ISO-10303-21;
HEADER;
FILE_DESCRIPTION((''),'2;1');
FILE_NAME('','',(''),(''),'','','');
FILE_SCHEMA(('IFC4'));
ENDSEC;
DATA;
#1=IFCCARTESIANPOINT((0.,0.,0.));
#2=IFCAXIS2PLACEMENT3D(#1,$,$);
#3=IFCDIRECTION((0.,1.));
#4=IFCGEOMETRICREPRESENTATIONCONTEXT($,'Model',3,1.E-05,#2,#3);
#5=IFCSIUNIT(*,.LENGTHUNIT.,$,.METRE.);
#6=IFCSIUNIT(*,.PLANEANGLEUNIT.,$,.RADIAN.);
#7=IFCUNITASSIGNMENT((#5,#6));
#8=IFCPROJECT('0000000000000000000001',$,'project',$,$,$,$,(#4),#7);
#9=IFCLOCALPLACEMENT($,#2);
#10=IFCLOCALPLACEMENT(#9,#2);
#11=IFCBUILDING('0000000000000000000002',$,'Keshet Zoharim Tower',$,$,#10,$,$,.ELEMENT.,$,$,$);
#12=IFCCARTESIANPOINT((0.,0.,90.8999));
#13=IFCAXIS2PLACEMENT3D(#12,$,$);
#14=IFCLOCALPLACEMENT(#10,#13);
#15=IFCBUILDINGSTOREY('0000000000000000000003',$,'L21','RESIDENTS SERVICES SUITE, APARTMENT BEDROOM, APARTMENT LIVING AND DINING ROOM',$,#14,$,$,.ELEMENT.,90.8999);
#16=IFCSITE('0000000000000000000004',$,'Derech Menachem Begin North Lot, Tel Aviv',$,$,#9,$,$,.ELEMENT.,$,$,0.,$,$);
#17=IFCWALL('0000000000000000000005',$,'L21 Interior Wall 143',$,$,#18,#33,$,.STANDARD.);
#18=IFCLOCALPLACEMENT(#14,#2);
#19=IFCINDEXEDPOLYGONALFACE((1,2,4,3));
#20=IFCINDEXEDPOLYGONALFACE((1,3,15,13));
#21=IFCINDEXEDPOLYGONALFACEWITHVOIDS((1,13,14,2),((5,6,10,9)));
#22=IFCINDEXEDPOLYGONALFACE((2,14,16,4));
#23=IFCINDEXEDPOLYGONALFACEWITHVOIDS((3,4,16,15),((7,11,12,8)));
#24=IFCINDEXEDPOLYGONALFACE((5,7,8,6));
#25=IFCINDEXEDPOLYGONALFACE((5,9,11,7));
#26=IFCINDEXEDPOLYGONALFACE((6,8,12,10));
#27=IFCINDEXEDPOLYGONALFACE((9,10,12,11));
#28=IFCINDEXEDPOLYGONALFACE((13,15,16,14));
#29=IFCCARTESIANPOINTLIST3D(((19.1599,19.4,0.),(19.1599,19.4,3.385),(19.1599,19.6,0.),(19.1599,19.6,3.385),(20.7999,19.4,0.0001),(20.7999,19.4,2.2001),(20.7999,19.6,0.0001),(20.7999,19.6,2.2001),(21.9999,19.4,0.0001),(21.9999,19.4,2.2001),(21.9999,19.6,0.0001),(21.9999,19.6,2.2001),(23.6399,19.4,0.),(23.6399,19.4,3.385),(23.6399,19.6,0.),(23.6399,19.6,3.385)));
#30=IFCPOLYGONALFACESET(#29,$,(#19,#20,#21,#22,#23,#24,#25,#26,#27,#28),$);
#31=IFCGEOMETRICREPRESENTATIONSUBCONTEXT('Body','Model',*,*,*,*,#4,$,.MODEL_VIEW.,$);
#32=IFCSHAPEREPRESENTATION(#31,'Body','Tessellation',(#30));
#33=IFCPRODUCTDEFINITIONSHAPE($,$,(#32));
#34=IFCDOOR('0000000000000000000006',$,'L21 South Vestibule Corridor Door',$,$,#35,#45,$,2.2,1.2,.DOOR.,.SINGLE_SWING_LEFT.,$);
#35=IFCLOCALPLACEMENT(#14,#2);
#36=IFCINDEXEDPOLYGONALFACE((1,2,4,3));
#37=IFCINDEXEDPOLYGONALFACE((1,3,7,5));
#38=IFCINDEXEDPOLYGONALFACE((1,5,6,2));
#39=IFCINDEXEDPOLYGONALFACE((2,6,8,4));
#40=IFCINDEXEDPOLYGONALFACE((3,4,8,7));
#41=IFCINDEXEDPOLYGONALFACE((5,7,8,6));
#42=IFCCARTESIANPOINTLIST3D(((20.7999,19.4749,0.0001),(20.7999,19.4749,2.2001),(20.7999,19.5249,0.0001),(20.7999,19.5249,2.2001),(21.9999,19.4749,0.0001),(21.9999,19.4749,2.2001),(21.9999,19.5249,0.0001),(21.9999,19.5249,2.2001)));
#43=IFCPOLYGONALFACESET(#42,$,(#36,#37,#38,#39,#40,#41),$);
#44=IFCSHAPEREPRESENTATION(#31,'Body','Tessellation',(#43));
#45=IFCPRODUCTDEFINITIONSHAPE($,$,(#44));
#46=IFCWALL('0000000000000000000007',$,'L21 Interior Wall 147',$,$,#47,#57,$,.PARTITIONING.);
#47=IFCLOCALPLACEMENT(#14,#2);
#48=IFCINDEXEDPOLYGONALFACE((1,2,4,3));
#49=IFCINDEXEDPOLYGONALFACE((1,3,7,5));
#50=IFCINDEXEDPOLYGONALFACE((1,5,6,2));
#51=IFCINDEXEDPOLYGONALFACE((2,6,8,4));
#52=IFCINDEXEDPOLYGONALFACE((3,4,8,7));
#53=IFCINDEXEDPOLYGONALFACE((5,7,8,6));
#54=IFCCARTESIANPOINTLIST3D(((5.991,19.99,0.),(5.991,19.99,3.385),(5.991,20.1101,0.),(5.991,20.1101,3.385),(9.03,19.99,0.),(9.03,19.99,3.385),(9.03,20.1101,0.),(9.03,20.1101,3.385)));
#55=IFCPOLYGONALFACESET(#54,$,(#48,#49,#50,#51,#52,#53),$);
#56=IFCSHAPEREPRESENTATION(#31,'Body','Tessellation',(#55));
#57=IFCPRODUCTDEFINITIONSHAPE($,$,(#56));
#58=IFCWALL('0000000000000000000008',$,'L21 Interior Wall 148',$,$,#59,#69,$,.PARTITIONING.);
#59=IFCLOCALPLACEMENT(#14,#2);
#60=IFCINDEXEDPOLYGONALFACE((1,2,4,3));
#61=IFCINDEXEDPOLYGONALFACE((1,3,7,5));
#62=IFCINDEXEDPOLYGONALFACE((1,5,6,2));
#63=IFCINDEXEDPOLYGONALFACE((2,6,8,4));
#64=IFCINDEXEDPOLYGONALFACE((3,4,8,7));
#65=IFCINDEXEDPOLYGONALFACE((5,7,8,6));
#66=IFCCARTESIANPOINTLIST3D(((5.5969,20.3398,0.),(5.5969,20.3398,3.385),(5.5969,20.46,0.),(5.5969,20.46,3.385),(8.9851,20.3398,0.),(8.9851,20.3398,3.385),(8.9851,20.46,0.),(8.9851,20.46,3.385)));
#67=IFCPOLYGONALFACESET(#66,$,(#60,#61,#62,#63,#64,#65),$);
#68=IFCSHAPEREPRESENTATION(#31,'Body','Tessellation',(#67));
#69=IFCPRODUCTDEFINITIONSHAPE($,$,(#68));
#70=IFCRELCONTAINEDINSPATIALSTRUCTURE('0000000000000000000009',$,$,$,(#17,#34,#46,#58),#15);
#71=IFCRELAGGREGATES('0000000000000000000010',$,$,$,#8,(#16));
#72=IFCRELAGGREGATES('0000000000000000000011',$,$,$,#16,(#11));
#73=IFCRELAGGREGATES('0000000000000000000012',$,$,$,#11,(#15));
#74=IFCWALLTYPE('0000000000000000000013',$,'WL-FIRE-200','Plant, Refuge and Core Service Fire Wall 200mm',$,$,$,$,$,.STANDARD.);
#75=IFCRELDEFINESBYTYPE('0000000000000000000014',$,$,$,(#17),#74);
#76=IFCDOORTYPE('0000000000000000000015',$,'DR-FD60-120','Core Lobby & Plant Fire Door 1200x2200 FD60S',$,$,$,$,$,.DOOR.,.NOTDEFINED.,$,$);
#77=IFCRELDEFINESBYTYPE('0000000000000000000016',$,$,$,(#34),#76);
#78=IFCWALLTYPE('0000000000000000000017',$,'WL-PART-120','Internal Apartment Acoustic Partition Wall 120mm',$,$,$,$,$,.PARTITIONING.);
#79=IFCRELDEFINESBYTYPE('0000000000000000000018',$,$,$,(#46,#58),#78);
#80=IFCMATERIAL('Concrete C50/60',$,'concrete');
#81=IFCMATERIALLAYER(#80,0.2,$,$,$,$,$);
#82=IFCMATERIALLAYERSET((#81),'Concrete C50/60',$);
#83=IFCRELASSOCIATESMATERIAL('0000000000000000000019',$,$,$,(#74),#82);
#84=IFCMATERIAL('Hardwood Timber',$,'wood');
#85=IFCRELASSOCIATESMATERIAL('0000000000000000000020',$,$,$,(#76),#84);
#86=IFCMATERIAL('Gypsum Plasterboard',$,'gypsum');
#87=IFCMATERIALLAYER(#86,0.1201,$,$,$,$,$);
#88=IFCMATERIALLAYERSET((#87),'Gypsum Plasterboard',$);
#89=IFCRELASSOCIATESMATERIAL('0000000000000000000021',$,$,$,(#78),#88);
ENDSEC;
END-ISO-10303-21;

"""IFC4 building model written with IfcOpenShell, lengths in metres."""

from ifc_helpers import new_model, si_unit, direction, frame, frame_2d, origin, place, context, subcontext, project, spatial, rectangle, extrude, material, layer, layer_set, type_object, element, fill, save


model = new_model("IFC4")

# Units and contexts
model_context = context("Model", 3, precision=1e-05, world=origin(), true_north=direction((0.0, 1.0)))
body_context = subcontext(model_context, "Body", "Model", "MODEL_VIEW")
ifc_project = project(units=[si_unit("LENGTHUNIT", "METRE"), si_unit("PLANEANGLEUNIT", "RADIAN")], contexts=[model_context])

# Site, building, storey
site_placement = place(None, origin())
site = spatial("IfcSite", under=ifc_project, at=site_placement, Name="Derech Menachem Begin North Lot, Tel Aviv", CompositionType="ELEMENT", RefElevation=0.0)
building_placement = place(site_placement, origin())
building = spatial("IfcBuilding", under=site, at=building_placement, Name="Keshet Zoharim Tower", CompositionType="ELEMENT")
storey_placement = place(building_placement, frame((0.0, 0.0, 90.8999)))
storey = spatial("IfcBuildingStorey", under=building, at=storey_placement, Name="L21", Description="RESIDENTS SERVICES SUITE, APARTMENT BEDROOM, APARTMENT LIVING AND DINING ROOM", CompositionType="ELEMENT", Elevation=90.8999)

# Wall, opening, door
ifc_material_1 = material(Name="Concrete C50/60", Category="concrete")
ifc_layer_1 = layer(ifc_material_1, 0.2)
ifc_layer_set_1 = layer_set([ifc_layer_1], Name="Concrete C50/60")
wall_type_1 = type_object("IfcWallType", Name="WL-FIRE-200", Description="Plant, Refuge and Core Service Fire Wall 200mm", PredefinedType="STANDARD", material=ifc_layer_set_1)
ifc_material_2 = material(Name="Hardwood Timber", Category="wood")
wall_1_placement = place(storey_placement, frame((19.1599, 19.5, 0.0), z_axis=(0.0, 0.0, 1.0), x_axis=(1.0, 0.0, 0.0)))
wall_1 = element("IfcWall", 1, at=wall_1_placement, inside=storey, type_object=wall_type_1, Name="L21 Interior Wall 143", PredefinedType="STANDARD", context=body_context, shape_type="SweptSolid", body=[
    extrude(rectangle(XDim=4.48, YDim=0.2, at=frame_2d((2.24, 0.0))), origin(), (0.0, 0.0, 1.0), 3.385),
])
opening_1_placement = place(wall_1_placement, frame((1.6399, 0.0, 0.0)))
opening_1 = element("IfcOpeningElement", 2, at=opening_1_placement, cuts=wall_1, PredefinedType="OPENING", context=body_context, shape_type="SweptSolid", body=[
    extrude(rectangle(XDim=1.2, YDim=2.2, at=frame_2d((0.6001, 1.1001))), frame((0.0, 0.1099, 0.0), z_axis=(0.0, -1.0, 0.0), x_axis=(1.0, 0.0, 0.0)), (0.0, 0.0, 1.0), 0.22),
])
door_type_1 = type_object("IfcDoorType", Name="DR-FD60-120", Description="Core Lobby & Plant Fire Door 1200x2200 FD60S", OperationType="NOTDEFINED", PredefinedType="DOOR", material=ifc_material_2)
door_1_placement = place(opening_1_placement, origin())
door_1 = element("IfcDoor", 3, at=door_1_placement, inside=storey, type_object=door_type_1, Name="L21 South Vestibule Corridor Door", OperationType="SINGLE_SWING_LEFT", OverallHeight=2.2, OverallWidth=1.2, PredefinedType="DOOR", context=body_context, shape_type="SweptSolid", body=[
    extrude(rectangle(XDim=1.2, YDim=2.2, at=frame_2d((0.6001, 1.1001))), frame((0.0, 0.0249, 0.0), z_axis=(0.0, -1.0, 0.0), x_axis=(1.0, 0.0, 0.0)), (0.0, 0.0, 1.0), 0.05),
])
fill(opening_1, door_1)

# Shared definitions
ifc_material_3 = material(Name="Gypsum Plasterboard", Category="gypsum")
ifc_layer_2 = layer(ifc_material_3, 0.1201)
ifc_layer_set_2 = layer_set([ifc_layer_2], Name="Gypsum Plasterboard")
wall_type_2 = type_object("IfcWallType", Name="WL-PART-120", Description="Internal Apartment Acoustic Partition Wall 120mm", PredefinedType="PARTITIONING", material=ifc_layer_set_2)

# Walls
wall_2_placement = place(storey_placement, frame((5.991, 20.05, 0.0), z_axis=(0.0, 0.0, 1.0), x_axis=(1.0, 0.0, 0.0)))
element("IfcWall", 4, at=wall_2_placement, inside=storey, type_object=wall_type_2, Name="L21 Interior Wall 147", PredefinedType="PARTITIONING", context=body_context, shape_type="SweptSolid", body=[
    extrude(rectangle(XDim=3.0391, YDim=0.1201, at=frame_2d((1.5195, 0.0))), origin(), (0.0, 0.0, 1.0), 3.385),
])
wall_3_placement = place(storey_placement, frame((5.5969, 20.3999, 0.0), z_axis=(0.0, 0.0, 1.0), x_axis=(1.0, 0.0, 0.0)))
element("IfcWall", 5, at=wall_3_placement, inside=storey, type_object=wall_type_2, Name="L21 Interior Wall 148", PredefinedType="PARTITIONING", context=body_context, shape_type="SweptSolid", body=[
    extrude(rectangle(XDim=3.3882, YDim=0.1201, at=frame_2d((1.6941, 0.0))), origin(), (0.0, 0.0, 1.0), 3.385),
])

save(model, "model.ifc")
